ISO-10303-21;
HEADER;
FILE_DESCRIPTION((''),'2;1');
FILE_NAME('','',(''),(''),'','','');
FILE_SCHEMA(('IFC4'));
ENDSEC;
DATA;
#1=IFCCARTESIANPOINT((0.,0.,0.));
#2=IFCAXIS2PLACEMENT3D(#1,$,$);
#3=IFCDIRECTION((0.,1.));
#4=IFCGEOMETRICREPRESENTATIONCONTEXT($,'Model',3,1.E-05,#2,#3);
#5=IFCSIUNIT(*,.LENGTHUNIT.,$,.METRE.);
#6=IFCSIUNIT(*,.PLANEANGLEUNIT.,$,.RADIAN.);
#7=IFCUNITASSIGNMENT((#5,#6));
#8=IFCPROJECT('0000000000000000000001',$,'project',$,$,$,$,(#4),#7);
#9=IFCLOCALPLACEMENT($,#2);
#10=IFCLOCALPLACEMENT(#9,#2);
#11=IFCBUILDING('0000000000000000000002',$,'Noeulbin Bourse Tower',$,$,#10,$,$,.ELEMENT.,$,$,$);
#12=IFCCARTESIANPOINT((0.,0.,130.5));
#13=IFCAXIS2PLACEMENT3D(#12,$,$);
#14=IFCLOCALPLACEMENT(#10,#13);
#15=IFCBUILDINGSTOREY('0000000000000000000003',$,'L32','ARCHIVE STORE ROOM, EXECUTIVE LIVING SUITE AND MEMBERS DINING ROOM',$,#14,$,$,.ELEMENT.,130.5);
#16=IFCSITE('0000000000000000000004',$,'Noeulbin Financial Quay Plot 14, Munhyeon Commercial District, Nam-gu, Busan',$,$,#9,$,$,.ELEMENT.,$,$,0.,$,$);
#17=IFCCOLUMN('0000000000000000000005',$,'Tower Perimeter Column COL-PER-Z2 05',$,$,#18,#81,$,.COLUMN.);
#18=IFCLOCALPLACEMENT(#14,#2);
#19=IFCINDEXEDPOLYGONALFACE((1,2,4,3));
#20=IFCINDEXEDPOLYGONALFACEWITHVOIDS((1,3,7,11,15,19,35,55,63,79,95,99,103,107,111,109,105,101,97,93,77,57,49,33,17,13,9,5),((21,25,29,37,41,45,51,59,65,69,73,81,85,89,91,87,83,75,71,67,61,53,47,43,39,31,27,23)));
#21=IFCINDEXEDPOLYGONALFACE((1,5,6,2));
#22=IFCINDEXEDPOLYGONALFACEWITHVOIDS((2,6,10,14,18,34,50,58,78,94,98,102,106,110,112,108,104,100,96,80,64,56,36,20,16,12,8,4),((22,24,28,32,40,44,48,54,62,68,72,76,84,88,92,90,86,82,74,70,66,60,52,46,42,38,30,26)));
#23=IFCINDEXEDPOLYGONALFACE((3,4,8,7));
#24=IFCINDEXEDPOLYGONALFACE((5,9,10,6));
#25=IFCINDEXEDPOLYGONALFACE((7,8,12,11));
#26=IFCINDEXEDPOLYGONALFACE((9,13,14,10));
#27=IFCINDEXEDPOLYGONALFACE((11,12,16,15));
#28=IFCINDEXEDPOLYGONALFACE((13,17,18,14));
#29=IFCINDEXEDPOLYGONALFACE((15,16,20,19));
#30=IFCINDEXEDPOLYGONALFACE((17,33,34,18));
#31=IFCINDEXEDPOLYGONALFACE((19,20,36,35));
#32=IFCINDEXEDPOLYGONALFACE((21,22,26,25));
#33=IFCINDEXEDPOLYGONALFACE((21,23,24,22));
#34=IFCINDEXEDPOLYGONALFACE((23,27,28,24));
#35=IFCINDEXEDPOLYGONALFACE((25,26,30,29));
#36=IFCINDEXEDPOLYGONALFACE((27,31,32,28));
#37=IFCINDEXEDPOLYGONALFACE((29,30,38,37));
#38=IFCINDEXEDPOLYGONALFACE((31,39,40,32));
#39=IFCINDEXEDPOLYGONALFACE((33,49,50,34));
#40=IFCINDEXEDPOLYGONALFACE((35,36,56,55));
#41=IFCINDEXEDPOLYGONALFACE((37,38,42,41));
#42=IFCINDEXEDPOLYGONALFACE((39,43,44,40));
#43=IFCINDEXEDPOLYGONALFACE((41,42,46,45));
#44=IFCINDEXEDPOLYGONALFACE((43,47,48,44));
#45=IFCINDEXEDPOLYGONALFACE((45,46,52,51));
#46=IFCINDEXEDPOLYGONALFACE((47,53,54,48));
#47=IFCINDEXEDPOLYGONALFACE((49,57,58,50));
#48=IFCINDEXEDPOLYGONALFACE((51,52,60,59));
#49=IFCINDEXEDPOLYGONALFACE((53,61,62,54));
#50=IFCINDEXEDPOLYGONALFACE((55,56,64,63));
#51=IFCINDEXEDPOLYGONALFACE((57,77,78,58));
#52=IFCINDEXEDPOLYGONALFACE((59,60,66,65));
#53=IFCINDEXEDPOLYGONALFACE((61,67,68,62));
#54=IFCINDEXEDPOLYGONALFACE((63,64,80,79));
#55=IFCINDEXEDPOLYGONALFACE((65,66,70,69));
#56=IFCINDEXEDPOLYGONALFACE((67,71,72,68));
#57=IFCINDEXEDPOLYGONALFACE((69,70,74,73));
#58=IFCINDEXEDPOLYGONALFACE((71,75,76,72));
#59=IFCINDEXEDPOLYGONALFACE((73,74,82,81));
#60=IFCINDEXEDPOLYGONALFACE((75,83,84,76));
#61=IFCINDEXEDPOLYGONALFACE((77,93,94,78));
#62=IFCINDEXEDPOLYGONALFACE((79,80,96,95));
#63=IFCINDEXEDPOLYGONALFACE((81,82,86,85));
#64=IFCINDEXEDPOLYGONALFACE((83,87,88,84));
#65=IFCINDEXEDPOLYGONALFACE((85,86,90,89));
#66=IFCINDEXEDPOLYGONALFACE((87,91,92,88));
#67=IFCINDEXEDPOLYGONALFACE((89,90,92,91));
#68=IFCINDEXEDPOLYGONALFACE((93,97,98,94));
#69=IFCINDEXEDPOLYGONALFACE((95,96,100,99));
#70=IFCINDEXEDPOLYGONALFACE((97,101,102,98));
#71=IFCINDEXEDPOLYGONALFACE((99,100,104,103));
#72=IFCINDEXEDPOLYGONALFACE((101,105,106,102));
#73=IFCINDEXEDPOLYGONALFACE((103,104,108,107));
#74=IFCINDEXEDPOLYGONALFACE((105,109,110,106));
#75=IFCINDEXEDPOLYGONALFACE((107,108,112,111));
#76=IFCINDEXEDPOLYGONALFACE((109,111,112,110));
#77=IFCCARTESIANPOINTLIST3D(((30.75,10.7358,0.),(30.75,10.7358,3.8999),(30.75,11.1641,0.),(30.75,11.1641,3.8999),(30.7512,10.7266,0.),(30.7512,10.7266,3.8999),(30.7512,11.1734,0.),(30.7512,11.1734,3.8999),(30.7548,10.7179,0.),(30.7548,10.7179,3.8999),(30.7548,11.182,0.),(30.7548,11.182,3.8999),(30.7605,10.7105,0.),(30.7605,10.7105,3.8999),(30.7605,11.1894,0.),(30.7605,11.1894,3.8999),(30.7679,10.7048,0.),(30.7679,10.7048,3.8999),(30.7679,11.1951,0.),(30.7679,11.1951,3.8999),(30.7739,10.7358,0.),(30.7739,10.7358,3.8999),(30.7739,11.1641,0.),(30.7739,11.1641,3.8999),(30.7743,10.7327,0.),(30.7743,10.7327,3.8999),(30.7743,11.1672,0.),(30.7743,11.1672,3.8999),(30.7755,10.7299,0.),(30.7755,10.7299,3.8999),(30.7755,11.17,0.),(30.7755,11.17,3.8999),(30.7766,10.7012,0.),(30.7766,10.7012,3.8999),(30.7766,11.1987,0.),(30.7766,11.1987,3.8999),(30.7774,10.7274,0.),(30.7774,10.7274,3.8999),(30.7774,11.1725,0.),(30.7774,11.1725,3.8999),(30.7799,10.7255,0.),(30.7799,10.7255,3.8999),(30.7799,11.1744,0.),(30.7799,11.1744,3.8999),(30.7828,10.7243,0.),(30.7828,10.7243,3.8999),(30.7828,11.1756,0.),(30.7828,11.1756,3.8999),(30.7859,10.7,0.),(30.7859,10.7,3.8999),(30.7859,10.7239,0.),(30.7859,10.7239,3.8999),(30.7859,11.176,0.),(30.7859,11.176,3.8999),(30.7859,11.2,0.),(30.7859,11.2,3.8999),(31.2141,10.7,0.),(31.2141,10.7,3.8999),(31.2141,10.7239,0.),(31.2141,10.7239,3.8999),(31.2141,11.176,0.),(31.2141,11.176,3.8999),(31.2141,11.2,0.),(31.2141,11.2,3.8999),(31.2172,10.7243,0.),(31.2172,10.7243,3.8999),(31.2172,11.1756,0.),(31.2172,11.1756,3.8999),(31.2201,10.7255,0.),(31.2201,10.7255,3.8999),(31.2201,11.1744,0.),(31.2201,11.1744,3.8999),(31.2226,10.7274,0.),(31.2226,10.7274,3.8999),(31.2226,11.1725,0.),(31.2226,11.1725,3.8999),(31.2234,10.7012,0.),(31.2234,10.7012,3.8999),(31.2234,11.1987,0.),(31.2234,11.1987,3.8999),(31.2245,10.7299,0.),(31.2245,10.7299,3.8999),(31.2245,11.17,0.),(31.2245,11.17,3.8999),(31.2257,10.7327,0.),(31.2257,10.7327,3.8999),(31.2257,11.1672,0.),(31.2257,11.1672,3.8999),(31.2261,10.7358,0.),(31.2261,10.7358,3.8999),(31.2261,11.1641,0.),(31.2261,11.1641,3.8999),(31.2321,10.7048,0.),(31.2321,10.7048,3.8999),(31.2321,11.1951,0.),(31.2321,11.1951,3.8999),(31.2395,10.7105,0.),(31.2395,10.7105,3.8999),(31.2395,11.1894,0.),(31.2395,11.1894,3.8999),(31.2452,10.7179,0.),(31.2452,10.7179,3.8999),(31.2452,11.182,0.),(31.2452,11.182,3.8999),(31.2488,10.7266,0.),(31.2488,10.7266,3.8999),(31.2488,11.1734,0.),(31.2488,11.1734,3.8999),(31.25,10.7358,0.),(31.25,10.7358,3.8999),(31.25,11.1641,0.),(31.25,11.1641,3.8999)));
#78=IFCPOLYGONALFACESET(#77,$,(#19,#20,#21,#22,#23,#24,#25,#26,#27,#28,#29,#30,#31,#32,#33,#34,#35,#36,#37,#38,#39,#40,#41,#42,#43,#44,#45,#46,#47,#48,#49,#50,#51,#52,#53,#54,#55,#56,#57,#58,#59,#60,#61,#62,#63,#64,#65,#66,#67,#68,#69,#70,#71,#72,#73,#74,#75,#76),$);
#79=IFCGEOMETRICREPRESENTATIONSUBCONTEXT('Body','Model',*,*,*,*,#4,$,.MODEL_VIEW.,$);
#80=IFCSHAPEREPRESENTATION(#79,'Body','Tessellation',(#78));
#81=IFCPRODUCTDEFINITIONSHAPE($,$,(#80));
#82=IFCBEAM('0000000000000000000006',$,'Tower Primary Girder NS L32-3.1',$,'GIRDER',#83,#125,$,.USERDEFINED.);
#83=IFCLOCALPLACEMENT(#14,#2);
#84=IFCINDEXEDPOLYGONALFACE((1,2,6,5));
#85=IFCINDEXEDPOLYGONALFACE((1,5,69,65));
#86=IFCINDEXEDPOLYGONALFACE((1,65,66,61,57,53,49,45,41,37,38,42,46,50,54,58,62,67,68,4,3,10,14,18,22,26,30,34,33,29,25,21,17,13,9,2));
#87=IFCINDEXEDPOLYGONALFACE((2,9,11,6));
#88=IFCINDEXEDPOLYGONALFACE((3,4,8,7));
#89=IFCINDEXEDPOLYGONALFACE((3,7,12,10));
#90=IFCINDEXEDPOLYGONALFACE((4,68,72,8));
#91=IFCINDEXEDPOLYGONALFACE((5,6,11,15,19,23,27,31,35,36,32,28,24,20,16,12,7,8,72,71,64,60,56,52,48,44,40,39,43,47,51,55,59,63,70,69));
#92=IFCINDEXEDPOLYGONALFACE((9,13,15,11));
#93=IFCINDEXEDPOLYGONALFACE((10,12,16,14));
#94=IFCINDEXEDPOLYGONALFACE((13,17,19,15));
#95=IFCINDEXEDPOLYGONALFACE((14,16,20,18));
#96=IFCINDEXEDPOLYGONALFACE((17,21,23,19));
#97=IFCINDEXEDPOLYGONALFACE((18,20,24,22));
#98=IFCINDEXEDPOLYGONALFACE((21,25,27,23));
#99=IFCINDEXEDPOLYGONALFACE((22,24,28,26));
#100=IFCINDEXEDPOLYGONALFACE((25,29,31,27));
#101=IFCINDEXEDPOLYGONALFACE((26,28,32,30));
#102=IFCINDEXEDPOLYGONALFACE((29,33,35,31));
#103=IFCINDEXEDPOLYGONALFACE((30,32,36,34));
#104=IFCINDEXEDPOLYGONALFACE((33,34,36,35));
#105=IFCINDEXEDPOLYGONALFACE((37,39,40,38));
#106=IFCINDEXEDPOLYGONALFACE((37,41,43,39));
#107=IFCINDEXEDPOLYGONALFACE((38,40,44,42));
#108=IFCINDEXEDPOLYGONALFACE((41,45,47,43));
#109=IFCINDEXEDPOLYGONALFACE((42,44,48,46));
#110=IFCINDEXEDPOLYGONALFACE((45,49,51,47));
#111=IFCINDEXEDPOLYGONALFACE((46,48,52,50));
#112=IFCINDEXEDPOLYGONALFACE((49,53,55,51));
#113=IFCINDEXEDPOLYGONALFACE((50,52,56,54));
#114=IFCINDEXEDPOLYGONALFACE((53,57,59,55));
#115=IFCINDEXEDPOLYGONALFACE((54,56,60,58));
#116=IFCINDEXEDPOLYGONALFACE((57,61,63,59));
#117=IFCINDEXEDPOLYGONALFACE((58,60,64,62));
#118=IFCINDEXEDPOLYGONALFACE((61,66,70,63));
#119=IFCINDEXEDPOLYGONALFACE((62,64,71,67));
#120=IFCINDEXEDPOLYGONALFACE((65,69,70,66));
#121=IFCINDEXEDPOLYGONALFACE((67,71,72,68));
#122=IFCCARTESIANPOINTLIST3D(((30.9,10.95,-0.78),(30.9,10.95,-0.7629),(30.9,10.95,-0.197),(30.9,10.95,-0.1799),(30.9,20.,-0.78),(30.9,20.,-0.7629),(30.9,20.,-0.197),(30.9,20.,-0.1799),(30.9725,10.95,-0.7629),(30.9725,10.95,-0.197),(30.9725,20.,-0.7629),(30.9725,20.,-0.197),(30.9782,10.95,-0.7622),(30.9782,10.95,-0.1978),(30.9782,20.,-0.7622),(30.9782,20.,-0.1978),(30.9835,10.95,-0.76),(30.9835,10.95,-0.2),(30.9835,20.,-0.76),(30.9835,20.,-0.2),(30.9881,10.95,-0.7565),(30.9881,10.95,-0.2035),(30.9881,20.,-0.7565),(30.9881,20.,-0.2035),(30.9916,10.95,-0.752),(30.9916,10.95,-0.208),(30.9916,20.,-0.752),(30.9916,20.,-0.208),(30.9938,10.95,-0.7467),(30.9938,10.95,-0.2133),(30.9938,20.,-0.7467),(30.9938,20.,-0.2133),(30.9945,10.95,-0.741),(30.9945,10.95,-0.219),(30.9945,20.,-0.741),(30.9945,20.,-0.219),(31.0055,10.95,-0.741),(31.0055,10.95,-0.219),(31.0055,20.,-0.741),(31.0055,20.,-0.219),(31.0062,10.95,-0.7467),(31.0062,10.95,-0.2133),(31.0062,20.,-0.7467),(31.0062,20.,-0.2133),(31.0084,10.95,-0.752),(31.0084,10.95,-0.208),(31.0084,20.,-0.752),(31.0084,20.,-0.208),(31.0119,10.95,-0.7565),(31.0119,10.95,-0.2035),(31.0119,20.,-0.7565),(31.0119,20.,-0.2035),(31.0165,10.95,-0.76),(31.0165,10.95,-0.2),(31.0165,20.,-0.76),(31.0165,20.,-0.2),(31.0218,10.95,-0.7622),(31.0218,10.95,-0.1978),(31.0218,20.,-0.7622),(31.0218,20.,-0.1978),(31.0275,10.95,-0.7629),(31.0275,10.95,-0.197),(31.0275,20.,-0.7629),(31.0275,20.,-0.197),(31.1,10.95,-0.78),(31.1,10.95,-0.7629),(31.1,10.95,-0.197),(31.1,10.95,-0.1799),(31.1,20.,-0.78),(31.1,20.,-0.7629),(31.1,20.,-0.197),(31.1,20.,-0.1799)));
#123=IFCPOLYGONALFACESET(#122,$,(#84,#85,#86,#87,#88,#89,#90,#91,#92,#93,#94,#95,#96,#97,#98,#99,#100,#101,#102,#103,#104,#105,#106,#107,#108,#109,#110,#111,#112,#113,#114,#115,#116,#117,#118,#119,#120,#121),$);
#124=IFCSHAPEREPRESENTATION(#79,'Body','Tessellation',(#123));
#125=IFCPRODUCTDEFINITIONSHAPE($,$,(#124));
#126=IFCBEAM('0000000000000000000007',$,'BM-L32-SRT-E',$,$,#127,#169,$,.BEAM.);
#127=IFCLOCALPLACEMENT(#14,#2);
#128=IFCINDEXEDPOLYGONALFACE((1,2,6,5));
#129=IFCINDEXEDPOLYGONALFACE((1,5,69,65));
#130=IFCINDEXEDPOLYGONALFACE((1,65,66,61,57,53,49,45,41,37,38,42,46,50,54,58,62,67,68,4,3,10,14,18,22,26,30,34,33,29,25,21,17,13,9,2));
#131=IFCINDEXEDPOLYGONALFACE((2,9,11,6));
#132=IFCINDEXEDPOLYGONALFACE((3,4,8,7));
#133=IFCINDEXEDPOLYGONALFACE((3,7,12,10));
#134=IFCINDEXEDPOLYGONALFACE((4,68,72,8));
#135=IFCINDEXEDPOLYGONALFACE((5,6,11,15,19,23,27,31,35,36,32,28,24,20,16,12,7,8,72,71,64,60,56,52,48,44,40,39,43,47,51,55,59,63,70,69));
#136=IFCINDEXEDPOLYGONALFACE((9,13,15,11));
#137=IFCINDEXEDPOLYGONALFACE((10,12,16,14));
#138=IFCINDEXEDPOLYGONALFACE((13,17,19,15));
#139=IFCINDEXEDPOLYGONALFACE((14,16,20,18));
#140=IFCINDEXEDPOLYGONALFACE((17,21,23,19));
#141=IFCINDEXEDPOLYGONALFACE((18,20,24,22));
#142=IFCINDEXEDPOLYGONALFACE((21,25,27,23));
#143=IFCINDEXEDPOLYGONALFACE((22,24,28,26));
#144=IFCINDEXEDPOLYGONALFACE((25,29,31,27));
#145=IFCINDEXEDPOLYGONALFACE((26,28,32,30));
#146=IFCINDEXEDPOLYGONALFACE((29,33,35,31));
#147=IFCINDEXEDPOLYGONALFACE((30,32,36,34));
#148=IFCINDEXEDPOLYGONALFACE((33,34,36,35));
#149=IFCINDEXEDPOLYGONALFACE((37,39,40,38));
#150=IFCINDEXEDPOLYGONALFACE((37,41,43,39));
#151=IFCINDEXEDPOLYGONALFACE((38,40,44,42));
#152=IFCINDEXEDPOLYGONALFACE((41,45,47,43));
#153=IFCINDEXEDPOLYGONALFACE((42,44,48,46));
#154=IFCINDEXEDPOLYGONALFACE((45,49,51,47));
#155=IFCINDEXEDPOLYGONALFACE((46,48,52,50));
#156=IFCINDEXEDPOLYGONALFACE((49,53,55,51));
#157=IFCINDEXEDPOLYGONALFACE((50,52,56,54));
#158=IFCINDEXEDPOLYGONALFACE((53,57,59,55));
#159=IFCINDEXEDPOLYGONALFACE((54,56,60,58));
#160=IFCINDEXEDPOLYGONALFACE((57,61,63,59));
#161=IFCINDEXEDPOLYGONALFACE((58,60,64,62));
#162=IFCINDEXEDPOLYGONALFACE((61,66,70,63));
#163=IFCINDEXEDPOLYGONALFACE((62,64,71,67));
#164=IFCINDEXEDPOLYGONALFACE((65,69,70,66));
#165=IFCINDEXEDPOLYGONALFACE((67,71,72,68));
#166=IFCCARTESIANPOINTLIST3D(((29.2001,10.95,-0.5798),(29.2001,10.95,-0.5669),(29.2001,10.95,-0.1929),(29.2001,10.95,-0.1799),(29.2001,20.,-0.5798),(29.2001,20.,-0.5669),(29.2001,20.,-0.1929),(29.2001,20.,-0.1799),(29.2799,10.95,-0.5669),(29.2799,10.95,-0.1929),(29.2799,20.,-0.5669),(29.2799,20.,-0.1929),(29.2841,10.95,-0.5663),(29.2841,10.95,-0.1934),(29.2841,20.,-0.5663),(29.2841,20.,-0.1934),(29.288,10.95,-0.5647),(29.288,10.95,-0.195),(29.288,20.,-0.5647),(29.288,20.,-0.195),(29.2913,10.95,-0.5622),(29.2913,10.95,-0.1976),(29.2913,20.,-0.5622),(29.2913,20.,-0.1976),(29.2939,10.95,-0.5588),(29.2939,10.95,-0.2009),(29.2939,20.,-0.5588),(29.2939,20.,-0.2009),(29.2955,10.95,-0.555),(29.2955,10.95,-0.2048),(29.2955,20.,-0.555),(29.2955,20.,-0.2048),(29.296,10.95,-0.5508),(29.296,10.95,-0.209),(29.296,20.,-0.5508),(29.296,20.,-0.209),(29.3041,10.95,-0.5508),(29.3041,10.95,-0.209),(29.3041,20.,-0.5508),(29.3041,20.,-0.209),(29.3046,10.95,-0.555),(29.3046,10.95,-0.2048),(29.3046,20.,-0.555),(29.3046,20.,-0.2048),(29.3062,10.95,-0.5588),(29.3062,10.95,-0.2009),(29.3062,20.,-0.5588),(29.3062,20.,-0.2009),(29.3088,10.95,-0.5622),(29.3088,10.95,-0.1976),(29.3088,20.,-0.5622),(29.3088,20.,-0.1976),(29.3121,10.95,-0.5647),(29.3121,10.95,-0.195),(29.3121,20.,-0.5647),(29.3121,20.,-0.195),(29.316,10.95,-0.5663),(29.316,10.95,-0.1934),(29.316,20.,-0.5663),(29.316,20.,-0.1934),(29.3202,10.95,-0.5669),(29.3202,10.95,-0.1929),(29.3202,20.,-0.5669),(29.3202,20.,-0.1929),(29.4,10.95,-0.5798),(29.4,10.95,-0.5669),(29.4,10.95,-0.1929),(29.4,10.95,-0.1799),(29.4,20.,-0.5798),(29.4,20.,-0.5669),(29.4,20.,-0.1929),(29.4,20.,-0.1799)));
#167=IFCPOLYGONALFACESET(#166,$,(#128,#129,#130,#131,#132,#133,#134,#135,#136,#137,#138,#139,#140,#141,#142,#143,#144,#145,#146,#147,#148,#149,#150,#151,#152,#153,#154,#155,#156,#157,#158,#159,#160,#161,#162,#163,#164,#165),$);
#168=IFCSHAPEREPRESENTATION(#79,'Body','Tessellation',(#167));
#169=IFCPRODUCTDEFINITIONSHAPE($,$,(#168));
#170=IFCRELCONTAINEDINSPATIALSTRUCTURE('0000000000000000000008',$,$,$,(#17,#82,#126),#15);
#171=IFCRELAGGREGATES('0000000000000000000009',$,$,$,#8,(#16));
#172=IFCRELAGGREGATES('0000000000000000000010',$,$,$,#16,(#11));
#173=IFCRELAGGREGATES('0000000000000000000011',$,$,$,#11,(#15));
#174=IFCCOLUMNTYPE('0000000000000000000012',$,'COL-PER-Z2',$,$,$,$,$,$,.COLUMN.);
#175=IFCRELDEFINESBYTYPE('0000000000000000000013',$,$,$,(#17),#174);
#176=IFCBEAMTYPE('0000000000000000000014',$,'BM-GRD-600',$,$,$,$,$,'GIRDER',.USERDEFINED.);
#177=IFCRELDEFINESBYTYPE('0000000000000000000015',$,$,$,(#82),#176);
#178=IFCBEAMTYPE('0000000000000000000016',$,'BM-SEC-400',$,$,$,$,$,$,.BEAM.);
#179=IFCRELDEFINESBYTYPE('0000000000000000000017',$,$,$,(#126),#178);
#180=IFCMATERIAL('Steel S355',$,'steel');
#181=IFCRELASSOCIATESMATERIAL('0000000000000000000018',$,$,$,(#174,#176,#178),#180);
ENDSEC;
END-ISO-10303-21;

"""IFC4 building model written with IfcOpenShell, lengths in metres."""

from ifc_helpers import new_model, si_unit, direction, frame, origin, origin_2d, place, context, subcontext, project, spatial, hollow_rectangle, i_section, extrude, material, material_profile, profile_set, type_object, element, save


model = new_model("IFC4")

# Units and contexts
model_context = context("Model", 3, precision=1e-05, world=origin(), true_north=direction((0.0, 1.0)))
body_context = subcontext(model_context, "Body", "Model", "MODEL_VIEW")
ifc_project = project(units=[si_unit("LENGTHUNIT", "METRE"), si_unit("PLANEANGLEUNIT", "RADIAN")], contexts=[model_context])

# Site, building, storey
site_placement = place(None, origin())
site = spatial("IfcSite", under=ifc_project, at=site_placement, Name="Noeulbin Financial Quay Plot 14, Munhyeon Commercial District, Nam-gu, Busan", CompositionType="ELEMENT", RefElevation=0.0)
building_placement = place(site_placement, origin())
building = spatial("IfcBuilding", under=site, at=building_placement, Name="Noeulbin Bourse Tower", CompositionType="ELEMENT")
storey_placement = place(building_placement, frame((0.0, 0.0, 130.5)))
storey = spatial("IfcBuildingStorey", under=building, at=storey_placement, Name="L32", Description="ARCHIVE STORE ROOM, EXECUTIVE LIVING SUITE AND MEMBERS DINING ROOM", CompositionType="ELEMENT", Elevation=130.5)

# Column
ifc_material_1 = material(Name="Steel S355", Category="steel")
ifc_material_profile_1 = material_profile(ifc_material_1, hollow_rectangle(XDim=0.5, YDim=0.5, WallThickness=0.0239, InnerFilletRadius=0.012, OuterFilletRadius=0.0359, at=origin_2d()), Name="BOX-500x500x24", Category="LoadBearing")
ifc_profile_set_1 = profile_set([ifc_material_profile_1], Name="Steel S355")
column_type = type_object("IfcColumnType", Name="COL-PER-Z2", PredefinedType="COLUMN", material=ifc_profile_set_1)
column_placement = place(storey_placement, frame((31.0, 10.95, 0.0), z_axis=(0.0, 0.0, 1.0), x_axis=(1.0, 0.0, 0.0)))
element("IfcColumn", 1, at=column_placement, inside=storey, type_object=column_type, Name="Tower Perimeter Column COL-PER-Z2 05", PredefinedType="COLUMN", context=body_context, shape_type="SweptSolid", body=[
    extrude(hollow_rectangle(XDim=0.5, YDim=0.5, WallThickness=0.0239, InnerFilletRadius=0.012, OuterFilletRadius=0.0359, at=origin_2d()), origin(), (0.0, 0.0, 1.0), 3.8999),
])

# Beams
ifc_material_profile_2 = material_profile(ifc_material_1, i_section(OverallWidth=0.2, OverallDepth=0.6001, WebThickness=0.011, FlangeThickness=0.0171, FilletRadius=0.022, at=origin_2d()), Name="H-600x200x11x17", Category="LoadBearing")
ifc_profile_set_2 = profile_set([ifc_material_profile_2], Name="Steel S355")
beam_type_1 = type_object("IfcBeamType", Name="BM-GRD-600", ElementType="GIRDER", PredefinedType="USERDEFINED", material=ifc_profile_set_2)
beam_1_placement = place(storey_placement, frame((31.0, 10.95, -0.48), z_axis=(0.0, 1.0, 0.0), x_axis=(-1.0, 0.0, 0.0)))
element("IfcBeam", 2, at=beam_1_placement, inside=storey, type_object=beam_type_1, Name="Tower Primary Girder NS L32-3.1", ObjectType="GIRDER", PredefinedType="USERDEFINED", context=body_context, shape_type="SweptSolid", body=[
    extrude(i_section(OverallWidth=0.2, OverallDepth=0.6001, WebThickness=0.011, FlangeThickness=0.0171, FilletRadius=0.022, at=origin_2d()), origin(), (0.0, 0.0, 1.0), 9.05),
])
ifc_material_profile_3 = material_profile(ifc_material_1, i_section(OverallWidth=0.2, OverallDepth=0.3999, WebThickness=0.0081, FlangeThickness=0.0129, FilletRadius=0.0161, at=origin_2d()), Name="H-400x200x8x13", Category="LoadBearing")
ifc_profile_set_3 = profile_set([ifc_material_profile_3], Name="Steel S355")
beam_type_2 = type_object("IfcBeamType", Name="BM-SEC-400", PredefinedType="BEAM", material=ifc_profile_set_3)
beam_2_placement = place(storey_placement, frame((29.3, 10.95, -0.3799), z_axis=(0.0, 1.0, 0.0), x_axis=(-1.0, 0.0, 0.0)))
element("IfcBeam", 3, at=beam_2_placement, inside=storey, type_object=beam_type_2, Name="BM-L32-SRT-E", PredefinedType="BEAM", context=body_context, shape_type="SweptSolid", body=[
    extrude(i_section(OverallWidth=0.2, OverallDepth=0.3999, WebThickness=0.0081, FlangeThickness=0.0129, FilletRadius=0.0161, at=origin_2d()), origin(), (0.0, 0.0, 1.0), 9.05),
])

save(model, "model.ifc")
